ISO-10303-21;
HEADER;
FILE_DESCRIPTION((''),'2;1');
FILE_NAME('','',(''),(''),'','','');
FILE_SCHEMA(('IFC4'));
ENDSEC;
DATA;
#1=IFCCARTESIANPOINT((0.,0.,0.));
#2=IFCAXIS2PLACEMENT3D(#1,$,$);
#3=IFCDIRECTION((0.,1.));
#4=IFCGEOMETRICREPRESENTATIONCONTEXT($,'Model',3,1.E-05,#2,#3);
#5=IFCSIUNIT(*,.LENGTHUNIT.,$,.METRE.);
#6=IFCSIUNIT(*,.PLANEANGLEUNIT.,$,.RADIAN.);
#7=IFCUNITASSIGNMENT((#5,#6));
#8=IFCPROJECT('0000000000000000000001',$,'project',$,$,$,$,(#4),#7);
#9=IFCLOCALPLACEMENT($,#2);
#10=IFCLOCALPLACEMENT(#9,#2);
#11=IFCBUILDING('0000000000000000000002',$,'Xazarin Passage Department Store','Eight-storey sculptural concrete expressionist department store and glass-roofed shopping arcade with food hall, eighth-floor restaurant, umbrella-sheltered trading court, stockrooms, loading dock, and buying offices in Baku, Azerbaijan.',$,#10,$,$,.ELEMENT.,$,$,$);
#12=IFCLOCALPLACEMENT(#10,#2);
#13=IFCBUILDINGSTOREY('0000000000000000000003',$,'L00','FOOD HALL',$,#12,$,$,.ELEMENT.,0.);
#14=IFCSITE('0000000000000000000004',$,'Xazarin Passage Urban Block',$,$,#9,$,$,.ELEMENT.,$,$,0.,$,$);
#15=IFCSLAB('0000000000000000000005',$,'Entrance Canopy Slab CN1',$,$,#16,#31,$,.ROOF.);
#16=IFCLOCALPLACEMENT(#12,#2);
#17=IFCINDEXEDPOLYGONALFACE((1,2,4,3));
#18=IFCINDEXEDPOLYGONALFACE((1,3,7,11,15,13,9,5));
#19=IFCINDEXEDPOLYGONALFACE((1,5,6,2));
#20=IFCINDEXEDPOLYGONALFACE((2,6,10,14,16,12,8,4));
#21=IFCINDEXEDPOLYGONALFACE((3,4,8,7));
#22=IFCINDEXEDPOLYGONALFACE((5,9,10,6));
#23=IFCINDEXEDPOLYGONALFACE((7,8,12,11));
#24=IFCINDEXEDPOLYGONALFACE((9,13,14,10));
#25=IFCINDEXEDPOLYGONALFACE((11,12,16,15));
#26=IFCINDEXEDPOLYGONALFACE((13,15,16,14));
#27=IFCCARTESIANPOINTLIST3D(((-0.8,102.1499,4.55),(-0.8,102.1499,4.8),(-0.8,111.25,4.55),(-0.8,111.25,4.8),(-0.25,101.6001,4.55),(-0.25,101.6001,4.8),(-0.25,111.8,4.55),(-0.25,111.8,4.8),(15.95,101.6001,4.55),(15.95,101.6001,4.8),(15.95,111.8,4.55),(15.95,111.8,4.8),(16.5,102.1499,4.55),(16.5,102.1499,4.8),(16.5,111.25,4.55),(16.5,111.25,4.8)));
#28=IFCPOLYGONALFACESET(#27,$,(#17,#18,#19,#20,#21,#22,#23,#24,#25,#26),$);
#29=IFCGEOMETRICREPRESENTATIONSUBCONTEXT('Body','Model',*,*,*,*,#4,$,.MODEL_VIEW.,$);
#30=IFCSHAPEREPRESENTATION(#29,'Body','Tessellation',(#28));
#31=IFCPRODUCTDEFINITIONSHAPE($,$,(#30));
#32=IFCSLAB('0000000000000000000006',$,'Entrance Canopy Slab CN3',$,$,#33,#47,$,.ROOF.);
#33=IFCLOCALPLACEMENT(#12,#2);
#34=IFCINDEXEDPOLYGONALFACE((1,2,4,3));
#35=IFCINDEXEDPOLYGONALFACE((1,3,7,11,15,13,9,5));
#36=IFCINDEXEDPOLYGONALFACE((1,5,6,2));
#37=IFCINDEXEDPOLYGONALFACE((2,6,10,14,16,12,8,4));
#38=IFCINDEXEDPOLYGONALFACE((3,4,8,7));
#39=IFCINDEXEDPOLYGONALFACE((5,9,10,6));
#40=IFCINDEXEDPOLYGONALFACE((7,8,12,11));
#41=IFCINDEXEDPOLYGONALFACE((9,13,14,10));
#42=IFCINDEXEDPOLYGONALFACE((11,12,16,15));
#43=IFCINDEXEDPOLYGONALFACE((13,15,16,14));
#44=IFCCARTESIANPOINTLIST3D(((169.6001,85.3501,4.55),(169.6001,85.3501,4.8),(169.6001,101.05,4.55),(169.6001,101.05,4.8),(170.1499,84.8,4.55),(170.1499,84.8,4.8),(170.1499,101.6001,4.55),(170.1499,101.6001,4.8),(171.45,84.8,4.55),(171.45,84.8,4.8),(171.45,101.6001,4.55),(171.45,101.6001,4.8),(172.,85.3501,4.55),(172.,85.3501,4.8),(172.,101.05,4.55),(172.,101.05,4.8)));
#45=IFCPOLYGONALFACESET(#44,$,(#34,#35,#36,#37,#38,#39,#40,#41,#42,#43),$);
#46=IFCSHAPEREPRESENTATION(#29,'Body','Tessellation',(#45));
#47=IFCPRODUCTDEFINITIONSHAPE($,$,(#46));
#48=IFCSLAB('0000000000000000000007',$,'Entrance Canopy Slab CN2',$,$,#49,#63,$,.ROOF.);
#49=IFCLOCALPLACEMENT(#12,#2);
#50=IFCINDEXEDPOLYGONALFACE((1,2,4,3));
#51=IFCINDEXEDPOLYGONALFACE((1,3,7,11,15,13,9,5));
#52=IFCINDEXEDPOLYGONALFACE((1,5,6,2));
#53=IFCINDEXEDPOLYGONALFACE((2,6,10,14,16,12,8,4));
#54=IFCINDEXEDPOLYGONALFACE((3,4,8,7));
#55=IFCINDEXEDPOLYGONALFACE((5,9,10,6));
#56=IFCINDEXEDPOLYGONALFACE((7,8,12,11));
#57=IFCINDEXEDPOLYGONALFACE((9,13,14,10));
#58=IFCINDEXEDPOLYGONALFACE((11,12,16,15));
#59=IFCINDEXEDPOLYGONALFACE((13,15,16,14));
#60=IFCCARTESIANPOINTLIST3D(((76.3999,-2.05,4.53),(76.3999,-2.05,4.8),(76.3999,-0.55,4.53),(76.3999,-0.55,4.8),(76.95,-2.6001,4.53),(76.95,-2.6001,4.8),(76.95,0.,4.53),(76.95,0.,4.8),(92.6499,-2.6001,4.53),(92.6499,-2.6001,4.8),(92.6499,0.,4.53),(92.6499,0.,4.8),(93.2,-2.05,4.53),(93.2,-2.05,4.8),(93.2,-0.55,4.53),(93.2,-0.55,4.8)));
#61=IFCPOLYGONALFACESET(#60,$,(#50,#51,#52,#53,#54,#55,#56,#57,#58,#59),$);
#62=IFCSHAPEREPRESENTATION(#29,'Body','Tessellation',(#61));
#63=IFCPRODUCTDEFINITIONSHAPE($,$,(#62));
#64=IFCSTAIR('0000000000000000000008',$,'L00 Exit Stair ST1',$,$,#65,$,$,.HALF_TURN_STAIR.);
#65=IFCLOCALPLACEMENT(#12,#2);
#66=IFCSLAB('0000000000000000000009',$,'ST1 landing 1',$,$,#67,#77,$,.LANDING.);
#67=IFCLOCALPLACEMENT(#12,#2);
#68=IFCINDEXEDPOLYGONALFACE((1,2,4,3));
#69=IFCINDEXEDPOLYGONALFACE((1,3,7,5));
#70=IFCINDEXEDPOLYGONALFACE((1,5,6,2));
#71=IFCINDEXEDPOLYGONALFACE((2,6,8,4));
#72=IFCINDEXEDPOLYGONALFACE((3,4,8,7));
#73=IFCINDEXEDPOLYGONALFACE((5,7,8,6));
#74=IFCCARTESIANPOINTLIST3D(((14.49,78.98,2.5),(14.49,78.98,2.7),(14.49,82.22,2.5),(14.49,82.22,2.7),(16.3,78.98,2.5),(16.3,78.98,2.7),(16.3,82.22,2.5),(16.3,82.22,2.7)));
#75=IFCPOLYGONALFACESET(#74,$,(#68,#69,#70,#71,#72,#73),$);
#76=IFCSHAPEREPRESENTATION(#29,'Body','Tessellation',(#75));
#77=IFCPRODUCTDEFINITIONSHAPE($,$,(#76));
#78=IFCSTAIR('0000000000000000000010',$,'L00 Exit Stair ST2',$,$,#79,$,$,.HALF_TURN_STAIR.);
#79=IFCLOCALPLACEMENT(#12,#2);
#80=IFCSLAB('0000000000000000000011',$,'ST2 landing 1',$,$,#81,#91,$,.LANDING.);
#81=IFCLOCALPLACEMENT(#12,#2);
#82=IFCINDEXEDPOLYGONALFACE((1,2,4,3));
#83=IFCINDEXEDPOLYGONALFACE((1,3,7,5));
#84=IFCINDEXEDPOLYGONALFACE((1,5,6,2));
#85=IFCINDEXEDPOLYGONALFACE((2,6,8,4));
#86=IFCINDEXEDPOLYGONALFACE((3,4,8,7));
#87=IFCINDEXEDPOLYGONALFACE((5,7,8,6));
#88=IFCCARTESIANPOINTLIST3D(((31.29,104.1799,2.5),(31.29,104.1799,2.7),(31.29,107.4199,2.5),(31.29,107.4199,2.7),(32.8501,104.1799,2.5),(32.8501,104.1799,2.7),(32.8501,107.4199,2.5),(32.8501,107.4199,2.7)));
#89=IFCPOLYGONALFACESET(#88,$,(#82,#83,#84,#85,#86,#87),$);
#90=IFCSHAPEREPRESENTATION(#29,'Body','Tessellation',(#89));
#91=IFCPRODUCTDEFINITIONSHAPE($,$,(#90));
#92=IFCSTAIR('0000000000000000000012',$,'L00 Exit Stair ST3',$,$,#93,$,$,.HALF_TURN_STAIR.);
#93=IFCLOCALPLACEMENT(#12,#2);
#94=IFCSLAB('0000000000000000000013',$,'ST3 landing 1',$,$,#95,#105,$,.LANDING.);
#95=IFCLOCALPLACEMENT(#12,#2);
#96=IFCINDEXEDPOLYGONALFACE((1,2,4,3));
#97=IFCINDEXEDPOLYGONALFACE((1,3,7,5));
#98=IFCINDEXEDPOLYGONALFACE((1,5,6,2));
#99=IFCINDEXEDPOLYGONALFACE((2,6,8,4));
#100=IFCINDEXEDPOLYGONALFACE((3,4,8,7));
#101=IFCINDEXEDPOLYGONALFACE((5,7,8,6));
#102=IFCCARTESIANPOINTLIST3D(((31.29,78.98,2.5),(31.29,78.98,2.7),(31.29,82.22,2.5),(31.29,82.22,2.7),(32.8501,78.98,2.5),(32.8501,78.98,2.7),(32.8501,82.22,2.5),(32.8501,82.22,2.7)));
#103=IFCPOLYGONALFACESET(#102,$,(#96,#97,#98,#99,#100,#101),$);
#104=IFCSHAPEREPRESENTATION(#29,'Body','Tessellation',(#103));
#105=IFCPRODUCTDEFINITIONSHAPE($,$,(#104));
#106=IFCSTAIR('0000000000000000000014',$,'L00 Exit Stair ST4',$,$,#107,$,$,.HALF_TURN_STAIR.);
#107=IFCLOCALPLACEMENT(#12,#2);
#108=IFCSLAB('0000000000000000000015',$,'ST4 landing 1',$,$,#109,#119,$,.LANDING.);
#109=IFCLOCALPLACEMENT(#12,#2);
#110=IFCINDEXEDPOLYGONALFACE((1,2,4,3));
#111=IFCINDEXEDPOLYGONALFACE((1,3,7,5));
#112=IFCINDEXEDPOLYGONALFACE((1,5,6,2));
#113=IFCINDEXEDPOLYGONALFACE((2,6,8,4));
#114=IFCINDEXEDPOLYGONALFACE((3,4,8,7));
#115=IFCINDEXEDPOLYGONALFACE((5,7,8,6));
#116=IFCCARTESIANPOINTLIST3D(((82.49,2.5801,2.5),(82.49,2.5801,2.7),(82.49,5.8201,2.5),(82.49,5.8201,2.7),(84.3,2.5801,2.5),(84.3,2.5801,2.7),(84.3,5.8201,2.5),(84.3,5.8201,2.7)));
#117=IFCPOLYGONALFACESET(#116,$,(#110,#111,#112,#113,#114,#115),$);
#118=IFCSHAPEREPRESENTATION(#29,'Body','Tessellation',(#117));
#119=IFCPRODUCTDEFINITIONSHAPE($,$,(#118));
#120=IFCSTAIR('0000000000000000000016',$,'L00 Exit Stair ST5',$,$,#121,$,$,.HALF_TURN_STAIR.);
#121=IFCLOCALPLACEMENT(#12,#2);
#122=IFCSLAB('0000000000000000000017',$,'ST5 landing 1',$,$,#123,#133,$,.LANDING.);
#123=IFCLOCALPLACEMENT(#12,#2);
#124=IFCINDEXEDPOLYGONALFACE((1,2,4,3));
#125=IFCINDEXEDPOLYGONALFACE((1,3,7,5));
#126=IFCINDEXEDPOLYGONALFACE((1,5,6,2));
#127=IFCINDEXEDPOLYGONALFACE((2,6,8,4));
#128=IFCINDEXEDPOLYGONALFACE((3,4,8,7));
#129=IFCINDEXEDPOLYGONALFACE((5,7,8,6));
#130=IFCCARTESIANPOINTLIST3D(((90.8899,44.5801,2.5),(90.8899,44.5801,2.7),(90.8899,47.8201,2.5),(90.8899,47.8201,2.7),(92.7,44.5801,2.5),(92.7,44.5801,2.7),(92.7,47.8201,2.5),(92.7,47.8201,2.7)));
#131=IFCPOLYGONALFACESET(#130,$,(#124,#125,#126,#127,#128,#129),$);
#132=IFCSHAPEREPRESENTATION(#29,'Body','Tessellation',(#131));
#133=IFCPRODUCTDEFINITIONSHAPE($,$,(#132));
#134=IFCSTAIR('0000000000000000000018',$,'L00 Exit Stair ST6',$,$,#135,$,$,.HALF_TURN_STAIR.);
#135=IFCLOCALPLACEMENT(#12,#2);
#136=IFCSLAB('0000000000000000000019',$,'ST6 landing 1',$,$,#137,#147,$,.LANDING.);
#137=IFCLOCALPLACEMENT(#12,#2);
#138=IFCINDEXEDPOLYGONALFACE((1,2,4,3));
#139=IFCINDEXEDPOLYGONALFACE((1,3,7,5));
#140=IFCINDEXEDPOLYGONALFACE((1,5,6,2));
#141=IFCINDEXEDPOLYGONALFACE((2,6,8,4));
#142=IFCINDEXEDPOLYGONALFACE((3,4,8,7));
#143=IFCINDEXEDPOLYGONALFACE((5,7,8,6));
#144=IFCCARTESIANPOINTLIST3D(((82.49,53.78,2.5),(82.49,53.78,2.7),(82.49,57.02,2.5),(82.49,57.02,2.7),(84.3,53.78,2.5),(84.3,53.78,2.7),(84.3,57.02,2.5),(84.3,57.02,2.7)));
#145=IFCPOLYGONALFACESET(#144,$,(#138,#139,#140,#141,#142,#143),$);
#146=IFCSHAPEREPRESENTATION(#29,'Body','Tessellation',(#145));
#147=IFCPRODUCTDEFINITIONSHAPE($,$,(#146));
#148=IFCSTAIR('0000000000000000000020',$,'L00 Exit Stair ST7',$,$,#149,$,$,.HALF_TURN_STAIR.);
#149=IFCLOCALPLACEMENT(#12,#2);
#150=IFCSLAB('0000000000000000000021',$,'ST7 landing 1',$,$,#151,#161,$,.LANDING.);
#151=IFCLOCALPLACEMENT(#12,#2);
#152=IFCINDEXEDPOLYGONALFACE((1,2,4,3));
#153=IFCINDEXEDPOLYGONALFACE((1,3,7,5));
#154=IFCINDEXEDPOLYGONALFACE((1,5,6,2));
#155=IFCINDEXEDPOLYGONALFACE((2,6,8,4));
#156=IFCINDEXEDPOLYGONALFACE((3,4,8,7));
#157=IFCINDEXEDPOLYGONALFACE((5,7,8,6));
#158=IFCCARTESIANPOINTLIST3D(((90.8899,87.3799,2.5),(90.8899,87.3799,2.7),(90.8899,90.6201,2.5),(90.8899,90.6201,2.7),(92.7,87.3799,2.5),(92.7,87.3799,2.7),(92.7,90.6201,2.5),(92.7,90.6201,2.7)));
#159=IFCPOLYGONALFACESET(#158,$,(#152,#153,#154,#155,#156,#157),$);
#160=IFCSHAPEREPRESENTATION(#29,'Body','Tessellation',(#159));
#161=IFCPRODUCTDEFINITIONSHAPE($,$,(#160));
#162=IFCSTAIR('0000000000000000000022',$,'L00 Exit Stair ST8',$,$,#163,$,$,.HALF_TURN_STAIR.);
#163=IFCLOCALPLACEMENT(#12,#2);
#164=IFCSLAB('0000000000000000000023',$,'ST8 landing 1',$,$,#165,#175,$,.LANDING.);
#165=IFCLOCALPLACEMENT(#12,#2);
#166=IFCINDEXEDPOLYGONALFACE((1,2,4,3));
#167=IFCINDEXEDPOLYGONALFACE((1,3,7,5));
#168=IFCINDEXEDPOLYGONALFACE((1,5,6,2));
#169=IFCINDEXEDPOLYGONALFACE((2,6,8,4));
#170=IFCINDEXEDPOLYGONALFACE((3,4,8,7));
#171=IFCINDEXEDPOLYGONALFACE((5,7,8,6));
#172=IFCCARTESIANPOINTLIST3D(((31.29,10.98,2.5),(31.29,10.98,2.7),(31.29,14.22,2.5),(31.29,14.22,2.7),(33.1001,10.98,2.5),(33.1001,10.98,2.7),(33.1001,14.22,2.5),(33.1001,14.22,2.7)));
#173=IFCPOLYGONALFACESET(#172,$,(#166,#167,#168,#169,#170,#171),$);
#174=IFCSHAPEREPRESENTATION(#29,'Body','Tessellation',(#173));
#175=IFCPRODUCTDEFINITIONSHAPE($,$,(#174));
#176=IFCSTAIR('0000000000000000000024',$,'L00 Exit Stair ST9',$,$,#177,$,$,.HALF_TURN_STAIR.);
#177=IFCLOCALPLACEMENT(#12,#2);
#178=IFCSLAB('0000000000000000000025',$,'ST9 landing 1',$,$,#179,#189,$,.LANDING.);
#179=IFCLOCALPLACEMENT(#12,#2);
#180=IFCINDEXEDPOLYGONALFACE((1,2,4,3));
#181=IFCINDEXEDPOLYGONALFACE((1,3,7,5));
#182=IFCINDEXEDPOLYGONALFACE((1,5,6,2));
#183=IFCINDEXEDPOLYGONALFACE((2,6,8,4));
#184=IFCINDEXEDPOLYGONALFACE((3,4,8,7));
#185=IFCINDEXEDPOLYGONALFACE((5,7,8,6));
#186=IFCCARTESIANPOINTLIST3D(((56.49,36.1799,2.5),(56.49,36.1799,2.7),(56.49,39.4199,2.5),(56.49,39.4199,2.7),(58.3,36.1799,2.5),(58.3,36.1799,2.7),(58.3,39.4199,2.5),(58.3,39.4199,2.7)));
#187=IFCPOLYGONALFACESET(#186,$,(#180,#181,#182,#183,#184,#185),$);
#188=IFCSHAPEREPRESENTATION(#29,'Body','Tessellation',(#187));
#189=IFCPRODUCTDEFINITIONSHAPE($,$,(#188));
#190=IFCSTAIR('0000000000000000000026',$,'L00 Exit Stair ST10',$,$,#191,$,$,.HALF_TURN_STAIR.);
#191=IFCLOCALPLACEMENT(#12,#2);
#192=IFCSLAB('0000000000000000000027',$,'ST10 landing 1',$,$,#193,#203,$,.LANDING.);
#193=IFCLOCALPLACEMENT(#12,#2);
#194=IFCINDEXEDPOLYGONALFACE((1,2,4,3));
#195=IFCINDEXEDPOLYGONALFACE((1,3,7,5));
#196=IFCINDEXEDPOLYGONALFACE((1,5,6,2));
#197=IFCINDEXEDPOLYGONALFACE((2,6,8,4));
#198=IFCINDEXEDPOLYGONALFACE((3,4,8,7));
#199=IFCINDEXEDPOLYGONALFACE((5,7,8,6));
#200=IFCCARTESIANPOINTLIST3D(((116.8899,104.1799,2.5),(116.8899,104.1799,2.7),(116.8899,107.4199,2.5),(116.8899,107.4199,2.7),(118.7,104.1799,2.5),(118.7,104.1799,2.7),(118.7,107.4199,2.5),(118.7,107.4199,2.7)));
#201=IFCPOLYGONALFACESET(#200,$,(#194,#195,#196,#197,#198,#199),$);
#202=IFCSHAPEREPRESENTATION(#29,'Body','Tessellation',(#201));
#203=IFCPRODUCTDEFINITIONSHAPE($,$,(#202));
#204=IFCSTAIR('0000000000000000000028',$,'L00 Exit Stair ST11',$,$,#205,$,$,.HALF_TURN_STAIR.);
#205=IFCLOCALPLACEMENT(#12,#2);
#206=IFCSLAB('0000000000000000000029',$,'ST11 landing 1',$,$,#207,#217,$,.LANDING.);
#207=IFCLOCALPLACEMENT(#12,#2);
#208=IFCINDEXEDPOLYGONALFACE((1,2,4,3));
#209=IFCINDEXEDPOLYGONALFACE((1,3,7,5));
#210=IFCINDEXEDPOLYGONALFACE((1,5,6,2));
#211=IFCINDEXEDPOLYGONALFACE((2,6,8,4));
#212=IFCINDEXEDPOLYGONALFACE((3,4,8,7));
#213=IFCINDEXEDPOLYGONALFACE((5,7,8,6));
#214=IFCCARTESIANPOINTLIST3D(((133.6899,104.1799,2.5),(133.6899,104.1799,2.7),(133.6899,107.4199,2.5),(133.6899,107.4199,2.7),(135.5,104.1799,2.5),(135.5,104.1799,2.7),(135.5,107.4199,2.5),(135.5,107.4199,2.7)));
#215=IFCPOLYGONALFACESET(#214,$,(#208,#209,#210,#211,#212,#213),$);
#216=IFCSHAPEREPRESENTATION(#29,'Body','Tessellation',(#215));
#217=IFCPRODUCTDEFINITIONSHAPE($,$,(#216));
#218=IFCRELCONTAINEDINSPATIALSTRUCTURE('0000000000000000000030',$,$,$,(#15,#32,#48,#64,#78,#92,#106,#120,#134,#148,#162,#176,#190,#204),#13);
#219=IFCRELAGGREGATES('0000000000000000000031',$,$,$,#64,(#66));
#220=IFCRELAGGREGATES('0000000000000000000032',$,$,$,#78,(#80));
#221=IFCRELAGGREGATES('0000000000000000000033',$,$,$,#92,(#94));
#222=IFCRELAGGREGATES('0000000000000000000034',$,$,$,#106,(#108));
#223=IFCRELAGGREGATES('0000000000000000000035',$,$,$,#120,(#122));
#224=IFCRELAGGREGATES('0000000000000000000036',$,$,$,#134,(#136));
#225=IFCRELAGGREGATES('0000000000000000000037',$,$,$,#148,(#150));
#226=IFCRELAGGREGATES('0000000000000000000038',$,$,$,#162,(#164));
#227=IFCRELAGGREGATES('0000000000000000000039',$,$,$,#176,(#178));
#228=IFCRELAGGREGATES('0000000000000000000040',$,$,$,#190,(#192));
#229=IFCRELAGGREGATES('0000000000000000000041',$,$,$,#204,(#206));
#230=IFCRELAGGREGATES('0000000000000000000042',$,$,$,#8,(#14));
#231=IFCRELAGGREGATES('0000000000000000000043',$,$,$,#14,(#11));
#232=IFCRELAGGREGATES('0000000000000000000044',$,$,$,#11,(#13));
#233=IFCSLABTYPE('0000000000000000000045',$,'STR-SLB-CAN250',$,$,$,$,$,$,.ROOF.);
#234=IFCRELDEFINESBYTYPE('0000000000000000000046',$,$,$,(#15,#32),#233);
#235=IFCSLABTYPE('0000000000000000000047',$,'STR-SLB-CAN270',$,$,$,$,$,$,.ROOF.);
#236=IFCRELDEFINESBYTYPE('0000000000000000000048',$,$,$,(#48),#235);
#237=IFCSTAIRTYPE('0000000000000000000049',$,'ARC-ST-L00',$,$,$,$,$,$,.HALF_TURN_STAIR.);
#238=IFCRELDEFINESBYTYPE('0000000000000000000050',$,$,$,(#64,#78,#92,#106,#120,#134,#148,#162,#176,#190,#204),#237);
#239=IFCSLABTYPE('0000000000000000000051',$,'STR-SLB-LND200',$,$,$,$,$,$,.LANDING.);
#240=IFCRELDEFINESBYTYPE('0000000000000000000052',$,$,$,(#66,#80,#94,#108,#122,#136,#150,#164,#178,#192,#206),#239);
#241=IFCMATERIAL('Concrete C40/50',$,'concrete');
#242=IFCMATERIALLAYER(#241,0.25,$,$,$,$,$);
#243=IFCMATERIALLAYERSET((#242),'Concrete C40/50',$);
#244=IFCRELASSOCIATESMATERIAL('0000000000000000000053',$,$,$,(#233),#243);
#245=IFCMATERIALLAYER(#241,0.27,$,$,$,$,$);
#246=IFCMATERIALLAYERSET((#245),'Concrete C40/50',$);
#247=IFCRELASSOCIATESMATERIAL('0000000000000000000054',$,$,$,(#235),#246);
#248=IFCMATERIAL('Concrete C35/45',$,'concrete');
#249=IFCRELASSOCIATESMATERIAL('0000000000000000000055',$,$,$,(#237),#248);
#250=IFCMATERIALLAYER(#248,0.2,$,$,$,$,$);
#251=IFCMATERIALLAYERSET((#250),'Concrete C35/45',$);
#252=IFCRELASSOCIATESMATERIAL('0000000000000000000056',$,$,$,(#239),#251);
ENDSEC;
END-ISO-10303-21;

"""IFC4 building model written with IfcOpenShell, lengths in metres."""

from ifc_helpers import new_model, si_unit, direction, frame, origin, place, context, subcontext, project, spatial, polyline, outline, extrude, material, layer, layer_set, type_object, element, aggregate, save


model = new_model("IFC4")

# Units and contexts
model_context = context("Model", 3, precision=1e-05, world=origin(), true_north=direction((0.0, 1.0)))
body_context = subcontext(model_context, "Body", "Model", "MODEL_VIEW")
ifc_project = project(units=[si_unit("LENGTHUNIT", "METRE"), si_unit("PLANEANGLEUNIT", "RADIAN")], contexts=[model_context])

# Site, building, storey
site_placement = place(None, origin())
site = spatial("IfcSite", under=ifc_project, at=site_placement, Name="Xazarin Passage Urban Block", CompositionType="ELEMENT", RefElevation=0.0)
building_placement = place(site_placement, origin())
building = spatial("IfcBuilding", under=site, at=building_placement, Name="Xazarin Passage Department Store", Description="Eight-storey sculptural concrete expressionist department store and glass-roofed shopping arcade with food hall, eighth-floor restaurant, umbrella-sheltered trading court, stockrooms, loading dock, and buying offices in Baku, Azerbaijan.", CompositionType="ELEMENT")
storey_placement = place(building_placement, origin())
storey = spatial("IfcBuildingStorey", under=building, at=storey_placement, Name="L00", Description="FOOD HALL", CompositionType="ELEMENT", Elevation=0.0)

# Slabs
ifc_material_1 = material(Name="Concrete C40/50", Category="concrete")
ifc_layer_1 = layer(ifc_material_1, 0.25)
ifc_layer_set_1 = layer_set([ifc_layer_1], Name="Concrete C40/50")
slab_type_1 = type_object("IfcSlabType", Name="STR-SLB-CAN250", PredefinedType="ROOF", material=ifc_layer_set_1)
slab_1_placement = place(storey_placement, frame((0.0, 0.0, 4.55)))
element("IfcSlab", 1, at=slab_1_placement, inside=storey, type_object=slab_type_1, Name="Entrance Canopy Slab CN1", PredefinedType="ROOF", context=body_context, shape_type="SweptSolid", body=[
    extrude(outline(polyline([(-0.25, 101.6001), (15.95, 101.6001), (16.5, 102.1499), (16.5, 111.25), (15.95, 111.8), (-0.25, 111.8), (-0.8, 111.25), (-0.8, 102.1499), (-0.25, 101.6001)])), origin(), (0.0, 0.0, 1.0), 0.25),
])
slab_2_placement = place(storey_placement, frame((0.0, 0.0, 4.55)))
element("IfcSlab", 2, at=slab_2_placement, inside=storey, type_object=slab_type_1, Name="Entrance Canopy Slab CN3", PredefinedType="ROOF", context=body_context, shape_type="SweptSolid", body=[
    extrude(outline(polyline([(170.1499, 84.8), (171.45, 84.8), (172.0, 85.3501), (172.0, 101.05), (171.45, 101.6001), (170.1499, 101.6001), (169.6001, 101.05), (169.6001, 85.3501), (170.1499, 84.8)])), origin(), (0.0, 0.0, 1.0), 0.25),
])
ifc_layer_2 = layer(ifc_material_1, 0.27)
ifc_layer_set_2 = layer_set([ifc_layer_2], Name="Concrete C40/50")
slab_type_2 = type_object("IfcSlabType", Name="STR-SLB-CAN270", PredefinedType="ROOF", material=ifc_layer_set_2)
slab_3_placement = place(storey_placement, frame((0.0, 0.0, 4.53)))
element("IfcSlab", 3, at=slab_3_placement, inside=storey, type_object=slab_type_2, Name="Entrance Canopy Slab CN2", PredefinedType="ROOF", context=body_context, shape_type="SweptSolid", body=[
    extrude(outline(polyline([(76.95, -2.6001), (92.6499, -2.6001), (93.2, -2.05), (93.2, -0.55), (92.6499, 0.0), (76.95, 0.0), (76.3999, -0.55), (76.3999, -2.05), (76.95, -2.6001)])), origin(), (0.0, 0.0, 1.0), 0.27),
])

# Stairs, slabs
ifc_material_2 = material(Name="Concrete C35/45", Category="concrete")
stair_type = type_object("IfcStairType", Name="ARC-ST-L00", PredefinedType="HALF_TURN_STAIR", material=ifc_material_2)
stair_1_placement = place(storey_placement, origin())
stair_1 = element("IfcStair", 4, at=stair_1_placement, inside=storey, type_object=stair_type, Name="L00 Exit Stair ST1", PredefinedType="HALF_TURN_STAIR")
ifc_layer_3 = layer(ifc_material_2, 0.2)
ifc_layer_set_3 = layer_set([ifc_layer_3], Name="Concrete C35/45")
slab_type_3 = type_object("IfcSlabType", Name="STR-SLB-LND200", PredefinedType="LANDING", material=ifc_layer_set_3)
slab_4_placement = place(storey_placement, frame((0.0, 0.0, 2.5)))
slab_4 = element("IfcSlab", 5, at=slab_4_placement, type_object=slab_type_3, Name="ST1 landing 1", PredefinedType="LANDING", context=body_context, shape_type="SweptSolid", body=[
    extrude(outline(polyline([(14.49, 78.98), (16.3, 78.98), (16.3, 82.22), (14.49, 82.22), (14.49, 78.98)])), origin(), (0.0, 0.0, 1.0), 0.2),
])
aggregate(stair_1, [slab_4])
stair_2_placement = place(storey_placement, origin())
stair_2 = element("IfcStair", 6, at=stair_2_placement, inside=storey, type_object=stair_type, Name="L00 Exit Stair ST2", PredefinedType="HALF_TURN_STAIR")
slab_5_placement = place(storey_placement, frame((0.0, 0.0, 2.5)))
slab_5 = element("IfcSlab", 7, at=slab_5_placement, type_object=slab_type_3, Name="ST2 landing 1", PredefinedType="LANDING", context=body_context, shape_type="SweptSolid", body=[
    extrude(outline(polyline([(31.29, 104.1799), (32.8501, 104.1799), (32.8501, 107.4199), (31.29, 107.4199), (31.29, 104.1799)])), origin(), (0.0, 0.0, 1.0), 0.2),
])
aggregate(stair_2, [slab_5])
stair_3_placement = place(storey_placement, origin())
stair_3 = element("IfcStair", 8, at=stair_3_placement, inside=storey, type_object=stair_type, Name="L00 Exit Stair ST3", PredefinedType="HALF_TURN_STAIR")
slab_6_placement = place(storey_placement, frame((0.0, 0.0, 2.5)))
slab_6 = element("IfcSlab", 9, at=slab_6_placement, type_object=slab_type_3, Name="ST3 landing 1", PredefinedType="LANDING", context=body_context, shape_type="SweptSolid", body=[
    extrude(outline(polyline([(31.29, 78.98), (32.8501, 78.98), (32.8501, 82.22), (31.29, 82.22), (31.29, 78.98)])), origin(), (0.0, 0.0, 1.0), 0.2),
])
aggregate(stair_3, [slab_6])
stair_4_placement = place(storey_placement, origin())
stair_4 = element("IfcStair", 10, at=stair_4_placement, inside=storey, type_object=stair_type, Name="L00 Exit Stair ST4", PredefinedType="HALF_TURN_STAIR")
slab_7_placement = place(storey_placement, frame((0.0, 0.0, 2.5)))
slab_7 = element("IfcSlab", 11, at=slab_7_placement, type_object=slab_type_3, Name="ST4 landing 1", PredefinedType="LANDING", context=body_context, shape_type="SweptSolid", body=[
    extrude(outline(polyline([(82.49, 2.5801), (84.3, 2.5801), (84.3, 5.8201), (82.49, 5.8201), (82.49, 2.5801)])), origin(), (0.0, 0.0, 1.0), 0.2),
])
aggregate(stair_4, [slab_7])
stair_5_placement = place(storey_placement, origin())
stair_5 = element("IfcStair", 12, at=stair_5_placement, inside=storey, type_object=stair_type, Name="L00 Exit Stair ST5", PredefinedType="HALF_TURN_STAIR")
slab_8_placement = place(storey_placement, frame((0.0, 0.0, 2.5)))
slab_8 = element("IfcSlab", 13, at=slab_8_placement, type_object=slab_type_3, Name="ST5 landing 1", PredefinedType="LANDING", context=body_context, shape_type="SweptSolid", body=[
    extrude(outline(polyline([(90.8899, 44.5801), (92.7, 44.5801), (92.7, 47.8201), (90.8899, 47.8201), (90.8899, 44.5801)])), origin(), (0.0, 0.0, 1.0), 0.2),
])
aggregate(stair_5, [slab_8])
stair_6_placement = place(storey_placement, origin())
stair_6 = element("IfcStair", 14, at=stair_6_placement, inside=storey, type_object=stair_type, Name="L00 Exit Stair ST6", PredefinedType="HALF_TURN_STAIR")
slab_9_placement = place(storey_placement, frame((0.0, 0.0, 2.5)))
slab_9 = element("IfcSlab", 15, at=slab_9_placement, type_object=slab_type_3, Name="ST6 landing 1", PredefinedType="LANDING", context=body_context, shape_type="SweptSolid", body=[
    extrude(outline(polyline([(82.49, 53.78), (84.3, 53.78), (84.3, 57.02), (82.49, 57.02), (82.49, 53.78)])), origin(), (0.0, 0.0, 1.0), 0.2),
])
aggregate(stair_6, [slab_9])
stair_7_placement = place(storey_placement, origin())
stair_7 = element("IfcStair", 16, at=stair_7_placement, inside=storey, type_object=stair_type, Name="L00 Exit Stair ST7", PredefinedType="HALF_TURN_STAIR")
slab_10_placement = place(storey_placement, frame((0.0, 0.0, 2.5)))
slab_10 = element("IfcSlab", 17, at=slab_10_placement, type_object=slab_type_3, Name="ST7 landing 1", PredefinedType="LANDING", context=body_context, shape_type="SweptSolid", body=[
    extrude(outline(polyline([(90.8899, 87.3799), (92.7, 87.3799), (92.7, 90.6201), (90.8899, 90.6201), (90.8899, 87.3799)])), origin(), (0.0, 0.0, 1.0), 0.2),
])
aggregate(stair_7, [slab_10])
stair_8_placement = place(storey_placement, origin())
stair_8 = element("IfcStair", 18, at=stair_8_placement, inside=storey, type_object=stair_type, Name="L00 Exit Stair ST8", PredefinedType="HALF_TURN_STAIR")
slab_11_placement = place(storey_placement, frame((0.0, 0.0, 2.5)))
slab_11 = element("IfcSlab", 19, at=slab_11_placement, type_object=slab_type_3, Name="ST8 landing 1", PredefinedType="LANDING", context=body_context, shape_type="SweptSolid", body=[
    extrude(outline(polyline([(31.29, 10.98), (33.1001, 10.98), (33.1001, 14.22), (31.29, 14.22), (31.29, 10.98)])), origin(), (0.0, 0.0, 1.0), 0.2),
])
aggregate(stair_8, [slab_11])
stair_9_placement = place(storey_placement, origin())
stair_9 = element("IfcStair", 20, at=stair_9_placement, inside=storey, type_object=stair_type, Name="L00 Exit Stair ST9", PredefinedType="HALF_TURN_STAIR")
slab_12_placement = place(storey_placement, frame((0.0, 0.0, 2.5)))
slab_12 = element("IfcSlab", 21, at=slab_12_placement, type_object=slab_type_3, Name="ST9 landing 1", PredefinedType="LANDING", context=body_context, shape_type="SweptSolid", body=[
    extrude(outline(polyline([(56.49, 36.1799), (58.3, 36.1799), (58.3, 39.4199), (56.49, 39.4199), (56.49, 36.1799)])), origin(), (0.0, 0.0, 1.0), 0.2),
])
aggregate(stair_9, [slab_12])
stair_10_placement = place(storey_placement, origin())
stair_10 = element("IfcStair", 22, at=stair_10_placement, inside=storey, type_object=stair_type, Name="L00 Exit Stair ST10", PredefinedType="HALF_TURN_STAIR")
slab_13_placement = place(storey_placement, frame((0.0, 0.0, 2.5)))
slab_13 = element("IfcSlab", 23, at=slab_13_placement, type_object=slab_type_3, Name="ST10 landing 1", PredefinedType="LANDING", context=body_context, shape_type="SweptSolid", body=[
    extrude(outline(polyline([(116.8899, 104.1799), (118.7, 104.1799), (118.7, 107.4199), (116.8899, 107.4199), (116.8899, 104.1799)])), origin(), (0.0, 0.0, 1.0), 0.2),
])
aggregate(stair_10, [slab_13])
stair_11_placement = place(storey_placement, origin())
stair_11 = element("IfcStair", 24, at=stair_11_placement, inside=storey, type_object=stair_type, Name="L00 Exit Stair ST11", PredefinedType="HALF_TURN_STAIR")
slab_14_placement = place(storey_placement, frame((0.0, 0.0, 2.5)))
slab_14 = element("IfcSlab", 25, at=slab_14_placement, type_object=slab_type_3, Name="ST11 landing 1", PredefinedType="LANDING", context=body_context, shape_type="SweptSolid", body=[
    extrude(outline(polyline([(133.6899, 104.1799), (135.5, 104.1799), (135.5, 107.4199), (133.6899, 107.4199), (133.6899, 104.1799)])), origin(), (0.0, 0.0, 1.0), 0.2),
])
aggregate(stair_11, [slab_14])

save(model, "model.ifc")
